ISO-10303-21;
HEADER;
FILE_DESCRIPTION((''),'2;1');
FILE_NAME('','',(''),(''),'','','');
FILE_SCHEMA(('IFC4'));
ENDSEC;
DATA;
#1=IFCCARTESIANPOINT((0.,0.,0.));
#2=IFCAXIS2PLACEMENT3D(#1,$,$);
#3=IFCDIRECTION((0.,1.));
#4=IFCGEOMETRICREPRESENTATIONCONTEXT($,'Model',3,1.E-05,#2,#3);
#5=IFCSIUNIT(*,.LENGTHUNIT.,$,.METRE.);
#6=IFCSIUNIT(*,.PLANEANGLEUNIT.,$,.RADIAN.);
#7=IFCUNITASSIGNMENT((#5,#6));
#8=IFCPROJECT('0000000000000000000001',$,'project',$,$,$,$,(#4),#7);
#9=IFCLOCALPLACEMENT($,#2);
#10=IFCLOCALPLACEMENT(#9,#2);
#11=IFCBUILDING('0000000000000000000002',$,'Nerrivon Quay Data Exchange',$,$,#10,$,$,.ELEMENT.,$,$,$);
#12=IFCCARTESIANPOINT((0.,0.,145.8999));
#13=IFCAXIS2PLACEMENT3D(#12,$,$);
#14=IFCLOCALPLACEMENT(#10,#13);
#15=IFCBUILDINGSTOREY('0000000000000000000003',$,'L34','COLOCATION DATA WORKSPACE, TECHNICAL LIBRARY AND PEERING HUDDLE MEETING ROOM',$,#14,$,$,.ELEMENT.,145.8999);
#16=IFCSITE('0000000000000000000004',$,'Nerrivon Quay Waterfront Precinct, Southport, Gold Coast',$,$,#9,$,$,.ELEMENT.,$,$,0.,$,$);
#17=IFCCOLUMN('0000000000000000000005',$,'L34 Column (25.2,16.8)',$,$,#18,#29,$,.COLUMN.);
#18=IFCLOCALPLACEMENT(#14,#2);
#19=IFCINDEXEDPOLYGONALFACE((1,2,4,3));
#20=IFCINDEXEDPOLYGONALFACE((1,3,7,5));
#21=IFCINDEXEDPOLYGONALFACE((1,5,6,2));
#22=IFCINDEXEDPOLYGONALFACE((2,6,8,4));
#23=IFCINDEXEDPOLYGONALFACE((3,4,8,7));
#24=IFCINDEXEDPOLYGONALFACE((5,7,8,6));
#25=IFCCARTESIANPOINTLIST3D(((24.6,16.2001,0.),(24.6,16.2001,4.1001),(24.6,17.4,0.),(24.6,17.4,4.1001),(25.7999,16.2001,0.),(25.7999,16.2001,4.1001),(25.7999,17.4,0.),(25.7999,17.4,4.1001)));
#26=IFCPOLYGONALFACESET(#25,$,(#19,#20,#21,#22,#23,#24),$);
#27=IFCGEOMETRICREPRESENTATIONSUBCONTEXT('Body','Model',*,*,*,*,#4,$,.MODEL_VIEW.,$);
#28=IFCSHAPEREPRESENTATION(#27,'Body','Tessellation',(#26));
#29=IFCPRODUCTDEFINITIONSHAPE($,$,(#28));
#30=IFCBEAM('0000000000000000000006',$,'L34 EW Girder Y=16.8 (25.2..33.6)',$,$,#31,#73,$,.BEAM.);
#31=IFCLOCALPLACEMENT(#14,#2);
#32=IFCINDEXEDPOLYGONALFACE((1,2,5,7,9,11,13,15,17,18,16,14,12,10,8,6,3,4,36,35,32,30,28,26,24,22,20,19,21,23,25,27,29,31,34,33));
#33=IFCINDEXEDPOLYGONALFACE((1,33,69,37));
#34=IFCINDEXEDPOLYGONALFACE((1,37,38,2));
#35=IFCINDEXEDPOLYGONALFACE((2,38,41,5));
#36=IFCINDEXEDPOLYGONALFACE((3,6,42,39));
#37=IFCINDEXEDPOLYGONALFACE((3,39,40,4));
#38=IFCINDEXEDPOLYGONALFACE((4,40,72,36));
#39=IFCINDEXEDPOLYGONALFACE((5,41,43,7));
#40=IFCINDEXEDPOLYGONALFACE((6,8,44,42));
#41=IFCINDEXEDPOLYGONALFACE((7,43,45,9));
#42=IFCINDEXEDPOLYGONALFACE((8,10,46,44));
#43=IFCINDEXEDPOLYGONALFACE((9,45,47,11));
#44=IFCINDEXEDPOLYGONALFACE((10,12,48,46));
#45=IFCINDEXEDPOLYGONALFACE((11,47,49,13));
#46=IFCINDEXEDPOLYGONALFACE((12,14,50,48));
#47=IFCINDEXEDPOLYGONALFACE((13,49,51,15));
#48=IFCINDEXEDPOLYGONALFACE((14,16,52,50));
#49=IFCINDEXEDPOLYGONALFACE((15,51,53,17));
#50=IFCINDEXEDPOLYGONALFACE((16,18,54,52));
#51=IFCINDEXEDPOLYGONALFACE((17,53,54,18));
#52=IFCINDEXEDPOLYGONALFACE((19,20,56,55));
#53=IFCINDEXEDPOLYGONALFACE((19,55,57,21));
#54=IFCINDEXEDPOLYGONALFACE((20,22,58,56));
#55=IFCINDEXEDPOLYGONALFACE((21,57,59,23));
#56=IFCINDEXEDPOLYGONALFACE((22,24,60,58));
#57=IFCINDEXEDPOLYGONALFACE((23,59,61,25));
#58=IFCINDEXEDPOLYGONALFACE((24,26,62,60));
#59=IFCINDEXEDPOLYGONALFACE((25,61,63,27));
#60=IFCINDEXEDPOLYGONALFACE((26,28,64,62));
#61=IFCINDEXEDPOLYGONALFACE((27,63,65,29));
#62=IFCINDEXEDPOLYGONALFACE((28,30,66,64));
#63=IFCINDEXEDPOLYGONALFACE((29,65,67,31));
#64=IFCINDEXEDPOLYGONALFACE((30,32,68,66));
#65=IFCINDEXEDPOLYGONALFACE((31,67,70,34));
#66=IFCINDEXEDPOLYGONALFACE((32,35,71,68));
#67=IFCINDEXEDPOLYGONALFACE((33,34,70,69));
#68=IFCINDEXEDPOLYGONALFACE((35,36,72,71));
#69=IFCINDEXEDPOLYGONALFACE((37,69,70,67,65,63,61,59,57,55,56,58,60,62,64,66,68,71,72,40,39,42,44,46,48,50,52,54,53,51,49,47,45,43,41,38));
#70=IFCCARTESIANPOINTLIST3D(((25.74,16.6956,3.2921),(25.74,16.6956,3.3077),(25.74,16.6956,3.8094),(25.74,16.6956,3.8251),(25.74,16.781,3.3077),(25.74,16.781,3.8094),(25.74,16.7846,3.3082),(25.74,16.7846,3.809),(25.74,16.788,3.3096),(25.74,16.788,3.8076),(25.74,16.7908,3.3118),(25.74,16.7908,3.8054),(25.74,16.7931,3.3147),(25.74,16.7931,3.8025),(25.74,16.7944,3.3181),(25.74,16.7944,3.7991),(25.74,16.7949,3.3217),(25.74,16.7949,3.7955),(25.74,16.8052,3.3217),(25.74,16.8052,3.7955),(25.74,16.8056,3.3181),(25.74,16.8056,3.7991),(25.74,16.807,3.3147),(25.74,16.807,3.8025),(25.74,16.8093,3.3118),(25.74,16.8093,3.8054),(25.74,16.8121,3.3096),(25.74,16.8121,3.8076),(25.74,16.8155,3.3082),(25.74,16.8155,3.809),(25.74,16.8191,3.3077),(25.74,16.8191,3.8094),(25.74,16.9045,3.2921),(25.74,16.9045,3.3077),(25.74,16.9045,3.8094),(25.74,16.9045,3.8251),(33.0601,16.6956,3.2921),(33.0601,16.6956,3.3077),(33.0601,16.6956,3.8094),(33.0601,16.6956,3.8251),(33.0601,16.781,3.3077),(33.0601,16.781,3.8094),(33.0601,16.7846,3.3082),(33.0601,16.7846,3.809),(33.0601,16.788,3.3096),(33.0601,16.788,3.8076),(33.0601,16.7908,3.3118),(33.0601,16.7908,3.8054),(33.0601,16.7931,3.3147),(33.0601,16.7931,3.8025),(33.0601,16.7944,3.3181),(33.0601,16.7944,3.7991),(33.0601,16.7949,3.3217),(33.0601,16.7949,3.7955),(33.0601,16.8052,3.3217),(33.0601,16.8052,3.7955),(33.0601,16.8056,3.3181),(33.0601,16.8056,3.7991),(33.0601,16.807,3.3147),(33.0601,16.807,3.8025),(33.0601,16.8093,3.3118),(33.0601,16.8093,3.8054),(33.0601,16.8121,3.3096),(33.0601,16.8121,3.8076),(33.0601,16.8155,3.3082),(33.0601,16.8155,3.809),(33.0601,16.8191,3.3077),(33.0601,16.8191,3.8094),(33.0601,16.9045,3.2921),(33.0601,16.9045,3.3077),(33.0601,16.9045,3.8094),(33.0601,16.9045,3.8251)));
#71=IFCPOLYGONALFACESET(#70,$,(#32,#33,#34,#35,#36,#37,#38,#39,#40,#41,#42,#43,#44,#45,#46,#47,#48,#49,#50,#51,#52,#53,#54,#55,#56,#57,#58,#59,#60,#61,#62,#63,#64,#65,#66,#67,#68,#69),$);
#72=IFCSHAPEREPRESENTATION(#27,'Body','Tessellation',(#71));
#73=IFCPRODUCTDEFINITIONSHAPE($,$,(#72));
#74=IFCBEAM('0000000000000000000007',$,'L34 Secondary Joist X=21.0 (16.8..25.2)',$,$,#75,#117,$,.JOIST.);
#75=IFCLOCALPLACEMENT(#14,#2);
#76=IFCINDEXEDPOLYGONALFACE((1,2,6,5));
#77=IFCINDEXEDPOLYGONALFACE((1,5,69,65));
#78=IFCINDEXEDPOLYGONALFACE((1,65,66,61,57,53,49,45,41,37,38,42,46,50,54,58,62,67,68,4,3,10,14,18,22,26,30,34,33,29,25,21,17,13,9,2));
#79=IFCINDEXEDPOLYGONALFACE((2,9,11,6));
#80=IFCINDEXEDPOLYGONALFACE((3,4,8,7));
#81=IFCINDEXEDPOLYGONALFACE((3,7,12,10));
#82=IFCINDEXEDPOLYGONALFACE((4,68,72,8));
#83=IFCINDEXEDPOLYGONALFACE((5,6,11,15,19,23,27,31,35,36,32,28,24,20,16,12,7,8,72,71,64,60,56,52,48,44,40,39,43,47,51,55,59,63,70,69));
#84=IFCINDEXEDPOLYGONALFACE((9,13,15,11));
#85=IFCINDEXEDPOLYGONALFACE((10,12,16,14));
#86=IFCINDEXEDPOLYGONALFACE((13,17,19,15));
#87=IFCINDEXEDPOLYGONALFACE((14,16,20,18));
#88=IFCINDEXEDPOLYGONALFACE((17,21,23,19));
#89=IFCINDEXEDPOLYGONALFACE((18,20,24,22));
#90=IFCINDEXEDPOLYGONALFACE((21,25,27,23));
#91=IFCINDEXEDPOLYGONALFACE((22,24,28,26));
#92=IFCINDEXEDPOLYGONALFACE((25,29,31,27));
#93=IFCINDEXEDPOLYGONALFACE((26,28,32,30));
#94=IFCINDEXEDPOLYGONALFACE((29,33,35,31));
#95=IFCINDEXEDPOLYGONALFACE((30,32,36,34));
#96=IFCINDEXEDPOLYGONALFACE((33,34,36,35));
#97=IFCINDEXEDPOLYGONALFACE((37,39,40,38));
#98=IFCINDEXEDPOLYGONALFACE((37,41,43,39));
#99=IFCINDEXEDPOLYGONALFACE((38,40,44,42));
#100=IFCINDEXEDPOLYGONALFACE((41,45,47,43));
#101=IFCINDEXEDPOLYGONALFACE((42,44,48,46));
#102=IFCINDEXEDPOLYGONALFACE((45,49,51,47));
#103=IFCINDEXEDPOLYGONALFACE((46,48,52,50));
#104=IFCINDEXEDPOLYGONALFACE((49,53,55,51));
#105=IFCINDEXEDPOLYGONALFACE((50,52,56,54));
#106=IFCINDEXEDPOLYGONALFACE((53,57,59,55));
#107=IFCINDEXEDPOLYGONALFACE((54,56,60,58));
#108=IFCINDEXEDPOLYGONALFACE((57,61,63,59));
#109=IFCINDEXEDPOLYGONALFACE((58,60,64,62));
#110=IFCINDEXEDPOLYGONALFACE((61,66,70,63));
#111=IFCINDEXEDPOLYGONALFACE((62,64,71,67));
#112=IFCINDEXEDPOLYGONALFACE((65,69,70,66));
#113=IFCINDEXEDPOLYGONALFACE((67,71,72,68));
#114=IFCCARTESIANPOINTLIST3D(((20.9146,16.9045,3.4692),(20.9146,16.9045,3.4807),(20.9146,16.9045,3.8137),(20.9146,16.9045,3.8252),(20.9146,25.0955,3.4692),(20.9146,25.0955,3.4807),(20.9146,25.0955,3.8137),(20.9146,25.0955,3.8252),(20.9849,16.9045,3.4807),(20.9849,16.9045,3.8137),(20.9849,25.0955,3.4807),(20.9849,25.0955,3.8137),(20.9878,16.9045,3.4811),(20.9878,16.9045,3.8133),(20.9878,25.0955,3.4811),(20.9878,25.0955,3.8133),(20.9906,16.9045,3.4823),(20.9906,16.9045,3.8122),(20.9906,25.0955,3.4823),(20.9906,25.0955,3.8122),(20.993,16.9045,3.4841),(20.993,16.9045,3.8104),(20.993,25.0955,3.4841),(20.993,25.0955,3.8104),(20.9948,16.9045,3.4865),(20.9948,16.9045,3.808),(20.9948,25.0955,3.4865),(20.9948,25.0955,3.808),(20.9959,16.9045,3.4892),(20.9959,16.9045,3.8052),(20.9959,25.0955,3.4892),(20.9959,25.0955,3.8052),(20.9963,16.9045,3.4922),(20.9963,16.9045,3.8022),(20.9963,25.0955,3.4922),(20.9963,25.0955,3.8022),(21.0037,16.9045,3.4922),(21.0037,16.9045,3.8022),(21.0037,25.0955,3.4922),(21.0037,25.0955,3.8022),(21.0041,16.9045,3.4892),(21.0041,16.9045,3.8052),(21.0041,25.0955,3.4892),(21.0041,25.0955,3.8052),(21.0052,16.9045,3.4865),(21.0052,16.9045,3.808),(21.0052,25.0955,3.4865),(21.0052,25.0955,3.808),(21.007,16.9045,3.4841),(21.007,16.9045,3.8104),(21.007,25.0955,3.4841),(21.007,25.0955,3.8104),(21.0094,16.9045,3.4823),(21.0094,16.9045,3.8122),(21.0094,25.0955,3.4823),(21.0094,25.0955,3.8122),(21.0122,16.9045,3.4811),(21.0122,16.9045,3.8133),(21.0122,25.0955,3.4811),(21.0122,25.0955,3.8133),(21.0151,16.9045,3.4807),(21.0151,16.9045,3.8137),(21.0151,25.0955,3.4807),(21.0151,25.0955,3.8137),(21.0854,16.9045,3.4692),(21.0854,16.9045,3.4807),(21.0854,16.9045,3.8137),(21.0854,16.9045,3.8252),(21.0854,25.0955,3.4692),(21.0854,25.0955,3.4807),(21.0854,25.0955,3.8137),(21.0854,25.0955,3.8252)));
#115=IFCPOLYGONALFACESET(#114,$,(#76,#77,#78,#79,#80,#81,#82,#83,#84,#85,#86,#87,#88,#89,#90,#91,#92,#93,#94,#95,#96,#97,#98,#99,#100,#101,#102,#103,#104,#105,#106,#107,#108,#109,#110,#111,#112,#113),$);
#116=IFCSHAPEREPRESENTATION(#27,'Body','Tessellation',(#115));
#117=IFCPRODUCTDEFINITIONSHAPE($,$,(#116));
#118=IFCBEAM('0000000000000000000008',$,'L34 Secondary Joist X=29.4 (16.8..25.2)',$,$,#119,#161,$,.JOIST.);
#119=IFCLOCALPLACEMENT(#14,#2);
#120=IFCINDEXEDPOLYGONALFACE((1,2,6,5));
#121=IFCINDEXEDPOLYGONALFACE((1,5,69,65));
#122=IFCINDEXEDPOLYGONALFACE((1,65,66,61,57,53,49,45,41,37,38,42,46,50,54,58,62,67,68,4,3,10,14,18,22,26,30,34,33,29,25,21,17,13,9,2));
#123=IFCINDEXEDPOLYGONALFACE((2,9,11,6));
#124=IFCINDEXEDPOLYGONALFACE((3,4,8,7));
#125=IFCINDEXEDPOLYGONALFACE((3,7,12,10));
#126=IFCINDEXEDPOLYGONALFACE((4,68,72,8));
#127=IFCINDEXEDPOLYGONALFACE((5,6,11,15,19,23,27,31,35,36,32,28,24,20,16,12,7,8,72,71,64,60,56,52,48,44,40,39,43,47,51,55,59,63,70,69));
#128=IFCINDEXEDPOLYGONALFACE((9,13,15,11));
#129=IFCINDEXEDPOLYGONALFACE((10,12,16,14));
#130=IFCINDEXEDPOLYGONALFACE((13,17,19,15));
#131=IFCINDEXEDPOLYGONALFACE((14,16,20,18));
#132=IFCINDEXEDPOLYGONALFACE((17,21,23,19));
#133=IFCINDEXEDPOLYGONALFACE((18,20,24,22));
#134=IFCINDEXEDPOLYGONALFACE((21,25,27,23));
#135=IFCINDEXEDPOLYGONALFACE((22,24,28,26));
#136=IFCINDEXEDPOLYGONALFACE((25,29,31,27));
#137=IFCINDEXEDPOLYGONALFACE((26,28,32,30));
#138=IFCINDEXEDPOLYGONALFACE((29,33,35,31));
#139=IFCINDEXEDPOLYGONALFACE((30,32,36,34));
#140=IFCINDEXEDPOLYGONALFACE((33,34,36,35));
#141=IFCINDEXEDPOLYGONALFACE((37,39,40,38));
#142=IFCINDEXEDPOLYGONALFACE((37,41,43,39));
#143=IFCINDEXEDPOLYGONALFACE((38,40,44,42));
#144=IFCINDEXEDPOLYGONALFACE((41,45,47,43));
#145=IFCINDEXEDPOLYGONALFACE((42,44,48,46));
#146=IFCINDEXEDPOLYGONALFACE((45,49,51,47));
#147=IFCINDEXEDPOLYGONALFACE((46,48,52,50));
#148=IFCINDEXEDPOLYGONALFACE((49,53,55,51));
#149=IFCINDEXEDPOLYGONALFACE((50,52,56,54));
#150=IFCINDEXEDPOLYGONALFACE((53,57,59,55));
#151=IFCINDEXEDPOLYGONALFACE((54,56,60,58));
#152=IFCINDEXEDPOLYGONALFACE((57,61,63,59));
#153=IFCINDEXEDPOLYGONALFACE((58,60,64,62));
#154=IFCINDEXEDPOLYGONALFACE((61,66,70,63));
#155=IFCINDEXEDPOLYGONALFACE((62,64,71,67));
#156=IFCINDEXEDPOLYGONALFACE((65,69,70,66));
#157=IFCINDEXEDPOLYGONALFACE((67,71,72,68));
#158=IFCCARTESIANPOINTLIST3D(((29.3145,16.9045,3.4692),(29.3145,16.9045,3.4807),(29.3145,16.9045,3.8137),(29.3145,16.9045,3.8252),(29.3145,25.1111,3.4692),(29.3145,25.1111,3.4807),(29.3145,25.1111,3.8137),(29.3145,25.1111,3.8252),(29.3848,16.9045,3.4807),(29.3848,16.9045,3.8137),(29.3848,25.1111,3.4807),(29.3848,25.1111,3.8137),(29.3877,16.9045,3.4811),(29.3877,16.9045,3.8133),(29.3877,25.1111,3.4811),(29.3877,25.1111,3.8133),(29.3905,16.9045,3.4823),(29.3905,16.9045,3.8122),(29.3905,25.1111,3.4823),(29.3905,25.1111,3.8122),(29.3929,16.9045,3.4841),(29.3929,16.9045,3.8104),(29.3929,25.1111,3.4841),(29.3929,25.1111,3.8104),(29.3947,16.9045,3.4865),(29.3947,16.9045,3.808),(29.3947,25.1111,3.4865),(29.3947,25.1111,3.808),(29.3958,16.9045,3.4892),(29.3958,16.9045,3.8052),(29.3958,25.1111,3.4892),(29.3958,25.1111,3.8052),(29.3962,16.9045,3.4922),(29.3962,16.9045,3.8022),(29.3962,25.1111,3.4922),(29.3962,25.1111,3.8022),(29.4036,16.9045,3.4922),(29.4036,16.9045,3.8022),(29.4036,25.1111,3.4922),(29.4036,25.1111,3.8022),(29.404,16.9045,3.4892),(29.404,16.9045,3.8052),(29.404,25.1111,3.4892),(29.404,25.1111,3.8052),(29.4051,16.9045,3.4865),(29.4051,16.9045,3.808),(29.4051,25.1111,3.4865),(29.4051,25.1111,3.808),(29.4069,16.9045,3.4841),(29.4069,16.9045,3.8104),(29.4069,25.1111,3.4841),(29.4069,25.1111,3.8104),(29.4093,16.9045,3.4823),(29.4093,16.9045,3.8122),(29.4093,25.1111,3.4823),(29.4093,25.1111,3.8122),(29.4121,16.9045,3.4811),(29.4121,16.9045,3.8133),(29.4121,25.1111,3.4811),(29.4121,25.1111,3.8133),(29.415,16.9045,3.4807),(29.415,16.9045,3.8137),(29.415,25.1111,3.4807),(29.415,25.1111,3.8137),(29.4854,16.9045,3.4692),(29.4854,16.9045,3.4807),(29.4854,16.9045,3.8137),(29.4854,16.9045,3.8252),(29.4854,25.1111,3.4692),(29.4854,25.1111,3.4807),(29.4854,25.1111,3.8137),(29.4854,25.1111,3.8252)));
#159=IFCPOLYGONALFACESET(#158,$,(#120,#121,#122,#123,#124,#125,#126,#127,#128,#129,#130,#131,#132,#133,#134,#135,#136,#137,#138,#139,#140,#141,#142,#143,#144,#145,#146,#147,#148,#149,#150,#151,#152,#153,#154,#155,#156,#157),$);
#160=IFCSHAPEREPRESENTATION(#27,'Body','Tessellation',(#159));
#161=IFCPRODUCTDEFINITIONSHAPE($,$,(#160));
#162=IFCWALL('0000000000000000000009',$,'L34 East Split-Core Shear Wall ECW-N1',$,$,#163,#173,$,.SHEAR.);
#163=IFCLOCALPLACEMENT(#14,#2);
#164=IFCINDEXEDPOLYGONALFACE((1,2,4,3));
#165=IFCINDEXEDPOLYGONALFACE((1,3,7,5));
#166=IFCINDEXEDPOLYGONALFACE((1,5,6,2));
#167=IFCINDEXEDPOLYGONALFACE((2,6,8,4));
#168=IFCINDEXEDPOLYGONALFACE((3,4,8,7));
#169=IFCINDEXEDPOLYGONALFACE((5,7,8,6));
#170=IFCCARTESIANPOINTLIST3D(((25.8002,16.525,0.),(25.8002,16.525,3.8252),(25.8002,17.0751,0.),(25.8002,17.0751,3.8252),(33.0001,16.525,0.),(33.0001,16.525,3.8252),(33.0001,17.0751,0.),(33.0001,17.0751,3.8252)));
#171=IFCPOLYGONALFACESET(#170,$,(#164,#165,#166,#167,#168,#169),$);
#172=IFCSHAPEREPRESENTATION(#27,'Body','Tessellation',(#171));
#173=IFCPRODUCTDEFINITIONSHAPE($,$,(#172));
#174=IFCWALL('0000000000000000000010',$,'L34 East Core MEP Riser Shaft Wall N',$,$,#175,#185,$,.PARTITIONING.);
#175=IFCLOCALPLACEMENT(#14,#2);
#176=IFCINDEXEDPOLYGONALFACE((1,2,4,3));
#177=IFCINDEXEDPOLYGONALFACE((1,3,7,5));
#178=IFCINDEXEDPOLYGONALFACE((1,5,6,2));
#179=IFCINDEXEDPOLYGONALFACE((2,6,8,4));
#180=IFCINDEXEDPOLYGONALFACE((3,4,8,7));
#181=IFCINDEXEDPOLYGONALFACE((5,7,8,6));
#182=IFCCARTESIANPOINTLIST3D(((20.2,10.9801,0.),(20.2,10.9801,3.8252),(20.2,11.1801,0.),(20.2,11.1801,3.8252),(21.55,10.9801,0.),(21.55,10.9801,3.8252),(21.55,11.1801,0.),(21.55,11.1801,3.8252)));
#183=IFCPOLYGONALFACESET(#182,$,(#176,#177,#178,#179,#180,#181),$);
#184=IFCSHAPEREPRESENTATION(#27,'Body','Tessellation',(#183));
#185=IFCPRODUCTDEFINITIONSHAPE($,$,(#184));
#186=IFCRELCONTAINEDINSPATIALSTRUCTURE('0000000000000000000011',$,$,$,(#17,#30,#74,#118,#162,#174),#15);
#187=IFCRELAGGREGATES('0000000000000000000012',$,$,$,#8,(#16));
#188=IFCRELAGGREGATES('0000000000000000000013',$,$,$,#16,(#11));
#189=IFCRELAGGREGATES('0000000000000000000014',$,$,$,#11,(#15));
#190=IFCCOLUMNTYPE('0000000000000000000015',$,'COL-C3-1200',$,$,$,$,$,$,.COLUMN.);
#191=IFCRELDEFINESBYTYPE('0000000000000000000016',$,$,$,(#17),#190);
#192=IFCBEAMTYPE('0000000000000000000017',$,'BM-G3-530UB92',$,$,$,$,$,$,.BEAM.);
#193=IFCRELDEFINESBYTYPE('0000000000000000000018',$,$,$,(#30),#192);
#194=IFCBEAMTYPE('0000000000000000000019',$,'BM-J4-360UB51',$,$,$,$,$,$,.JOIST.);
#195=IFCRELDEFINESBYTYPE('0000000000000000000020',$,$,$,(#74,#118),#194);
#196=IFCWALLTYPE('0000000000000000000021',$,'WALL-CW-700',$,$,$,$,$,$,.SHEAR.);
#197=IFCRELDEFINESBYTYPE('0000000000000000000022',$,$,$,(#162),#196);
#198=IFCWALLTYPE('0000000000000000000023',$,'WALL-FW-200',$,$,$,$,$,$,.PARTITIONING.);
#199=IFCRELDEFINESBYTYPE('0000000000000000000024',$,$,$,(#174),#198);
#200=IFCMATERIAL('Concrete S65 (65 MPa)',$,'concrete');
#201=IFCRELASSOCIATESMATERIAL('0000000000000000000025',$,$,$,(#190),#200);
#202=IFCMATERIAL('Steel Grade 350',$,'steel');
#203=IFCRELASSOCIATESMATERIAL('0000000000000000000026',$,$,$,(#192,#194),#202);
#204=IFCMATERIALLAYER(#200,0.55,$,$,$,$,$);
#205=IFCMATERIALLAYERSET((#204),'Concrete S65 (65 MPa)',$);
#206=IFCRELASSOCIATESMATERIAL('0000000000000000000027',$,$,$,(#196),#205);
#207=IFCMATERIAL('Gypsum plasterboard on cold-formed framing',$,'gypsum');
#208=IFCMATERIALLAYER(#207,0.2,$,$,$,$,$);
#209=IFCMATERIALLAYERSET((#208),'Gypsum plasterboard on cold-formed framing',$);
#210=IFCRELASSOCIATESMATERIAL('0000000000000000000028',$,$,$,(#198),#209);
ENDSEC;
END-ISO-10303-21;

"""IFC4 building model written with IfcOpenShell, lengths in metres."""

from ifc_helpers import new_model, si_unit, direction, frame, frame_2d, origin, origin_2d, place, context, subcontext, project, spatial, rectangle, i_section, extrude, material, layer, layer_set, material_profile, profile_set, type_object, element, save


model = new_model("IFC4")

# Units and contexts
model_context = context("Model", 3, precision=1e-05, world=origin(), true_north=direction((0.0, 1.0)))
body_context = subcontext(model_context, "Body", "Model", "MODEL_VIEW")
ifc_project = project(units=[si_unit("LENGTHUNIT", "METRE"), si_unit("PLANEANGLEUNIT", "RADIAN")], contexts=[model_context])

# Site, building, storey
site_placement = place(None, origin())
site = spatial("IfcSite", under=ifc_project, at=site_placement, Name="Nerrivon Quay Waterfront Precinct, Southport, Gold Coast", CompositionType="ELEMENT", RefElevation=0.0)
building_placement = place(site_placement, origin())
building = spatial("IfcBuilding", under=site, at=building_placement, Name="Nerrivon Quay Data Exchange", CompositionType="ELEMENT")
storey_placement = place(building_placement, frame((0.0, 0.0, 145.8999)))
storey = spatial("IfcBuildingStorey", under=building, at=storey_placement, Name="L34", Description="COLOCATION DATA WORKSPACE, TECHNICAL LIBRARY AND PEERING HUDDLE MEETING ROOM", CompositionType="ELEMENT", Elevation=145.8999)

# Column
ifc_material_1 = material(Name="Concrete S65 (65 MPa)", Category="concrete")
ifc_material_profile_1 = material_profile(ifc_material_1, rectangle(XDim=1.2, YDim=1.2, at=origin_2d()), Name="RC-COL-1200x1200")
ifc_profile_set_1 = profile_set([ifc_material_profile_1], Name="Concrete S65 (65 MPa)")
column_type = type_object("IfcColumnType", Name="COL-C3-1200", PredefinedType="COLUMN", material=ifc_profile_set_1)
column_placement = place(storey_placement, frame((25.2, 16.8, 0.0), z_axis=(0.0, 0.0, 1.0), x_axis=(1.0, 0.0, 0.0)))
element("IfcColumn", 1, at=column_placement, inside=storey, type_object=column_type, Name="L34 Column (25.2,16.8)", PredefinedType="COLUMN", context=body_context, shape_type="SweptSolid", body=[
    extrude(rectangle(XDim=1.2, YDim=1.2, at=origin_2d()), origin(), (0.0, 0.0, 1.0), 4.1001),
])

# Beams
ifc_material_2 = material(Name="Steel Grade 350", Category="steel")
ifc_material_profile_2 = material_profile(ifc_material_2, i_section(OverallWidth=0.209, OverallDepth=0.533, WebThickness=0.0103, FlangeThickness=0.0156, FilletRadius=0.0139, at=origin_2d()), Name="530UB92.4")
ifc_profile_set_2 = profile_set([ifc_material_profile_2], Name="Steel Grade 350")
beam_type_1 = type_object("IfcBeamType", Name="BM-G3-530UB92", PredefinedType="BEAM", material=ifc_profile_set_2)
beam_1_placement = place(storey_placement, frame((25.74, 16.8, 3.5586), z_axis=(1.0, 0.0, 0.0), x_axis=(0.0, 1.0, 0.0)))
element("IfcBeam", 2, at=beam_1_placement, inside=storey, type_object=beam_type_1, Name="L34 EW Girder Y=16.8 (25.2..33.6)", PredefinedType="BEAM", context=body_context, shape_type="SweptSolid", body=[
    extrude(i_section(OverallWidth=0.209, OverallDepth=0.533, WebThickness=0.0103, FlangeThickness=0.0156, FilletRadius=0.0139, at=origin_2d()), origin(), (0.0, 0.0, 1.0), 7.3201),
])
ifc_material_profile_3 = material_profile(ifc_material_2, i_section(OverallWidth=0.1709, OverallDepth=0.356, WebThickness=0.0073, FlangeThickness=0.0115, FilletRadius=0.0115, at=origin_2d()), Name="360UB50.7")
ifc_profile_set_3 = profile_set([ifc_material_profile_3], Name="Steel Grade 350")
beam_type_2 = type_object("IfcBeamType", Name="BM-J4-360UB51", PredefinedType="JOIST", material=ifc_profile_set_3)
beam_2_placement = place(storey_placement, frame((21.0, 16.9045, 3.6472), z_axis=(0.0, 1.0, 0.0), x_axis=(-1.0, 0.0, 0.0)))
element("IfcBeam", 3, at=beam_2_placement, inside=storey, type_object=beam_type_2, Name="L34 Secondary Joist X=21.0 (16.8..25.2)", PredefinedType="JOIST", context=body_context, shape_type="SweptSolid", body=[
    extrude(i_section(OverallWidth=0.1709, OverallDepth=0.356, WebThickness=0.0073, FlangeThickness=0.0115, FilletRadius=0.0115, at=origin_2d()), origin(), (0.0, 0.0, 1.0), 8.1909),
])
beam_3_placement = place(storey_placement, frame((29.3999, 16.9045, 3.6472), z_axis=(0.0, 1.0, 0.0), x_axis=(-1.0, 0.0, 0.0)))
element("IfcBeam", 4, at=beam_3_placement, inside=storey, type_object=beam_type_2, Name="L34 Secondary Joist X=29.4 (16.8..25.2)", PredefinedType="JOIST", context=body_context, shape_type="SweptSolid", body=[
    extrude(i_section(OverallWidth=0.1709, OverallDepth=0.356, WebThickness=0.0073, FlangeThickness=0.0115, FilletRadius=0.0115, at=origin_2d()), origin(), (0.0, 0.0, 1.0), 8.2065),
])

# Walls
ifc_layer_1 = layer(ifc_material_1, 0.55)
ifc_layer_set_1 = layer_set([ifc_layer_1], Name="Concrete S65 (65 MPa)")
wall_type_1 = type_object("IfcWallType", Name="WALL-CW-700", PredefinedType="SHEAR", material=ifc_layer_set_1)
wall_1_placement = place(storey_placement, frame((25.8, 16.8, 0.0), z_axis=(0.0, 0.0, 1.0), x_axis=(1.0, 0.0, 0.0)))
element("IfcWall", 5, at=wall_1_placement, inside=storey, type_object=wall_type_1, Name="L34 East Split-Core Shear Wall ECW-N1", PredefinedType="SHEAR", context=body_context, shape_type="SweptSolid", body=[
    extrude(rectangle(XDim=7.2, YDim=0.55, at=frame_2d((3.6001, 0.0))), origin(), (0.0, 0.0, 1.0), 3.8252),
])
ifc_material_3 = material(Name="Gypsum plasterboard on cold-formed framing", Category="gypsum")
ifc_layer_2 = layer(ifc_material_3, 0.2)
ifc_layer_set_2 = layer_set([ifc_layer_2], Name="Gypsum plasterboard on cold-formed framing")
wall_type_2 = type_object("IfcWallType", Name="WALL-FW-200", PredefinedType="PARTITIONING", material=ifc_layer_set_2)
wall_2_placement = place(storey_placement, frame((20.2, 11.0801, 0.0), z_axis=(0.0, 0.0, 1.0), x_axis=(1.0, 0.0, 0.0)))
element("IfcWall", 6, at=wall_2_placement, inside=storey, type_object=wall_type_2, Name="L34 East Core MEP Riser Shaft Wall N", PredefinedType="PARTITIONING", context=body_context, shape_type="SweptSolid", body=[
    extrude(rectangle(XDim=1.3501, YDim=0.2, at=frame_2d((0.675, 0.0))), origin(), (0.0, 0.0, 1.0), 3.8252),
])

save(model, "model.ifc")
